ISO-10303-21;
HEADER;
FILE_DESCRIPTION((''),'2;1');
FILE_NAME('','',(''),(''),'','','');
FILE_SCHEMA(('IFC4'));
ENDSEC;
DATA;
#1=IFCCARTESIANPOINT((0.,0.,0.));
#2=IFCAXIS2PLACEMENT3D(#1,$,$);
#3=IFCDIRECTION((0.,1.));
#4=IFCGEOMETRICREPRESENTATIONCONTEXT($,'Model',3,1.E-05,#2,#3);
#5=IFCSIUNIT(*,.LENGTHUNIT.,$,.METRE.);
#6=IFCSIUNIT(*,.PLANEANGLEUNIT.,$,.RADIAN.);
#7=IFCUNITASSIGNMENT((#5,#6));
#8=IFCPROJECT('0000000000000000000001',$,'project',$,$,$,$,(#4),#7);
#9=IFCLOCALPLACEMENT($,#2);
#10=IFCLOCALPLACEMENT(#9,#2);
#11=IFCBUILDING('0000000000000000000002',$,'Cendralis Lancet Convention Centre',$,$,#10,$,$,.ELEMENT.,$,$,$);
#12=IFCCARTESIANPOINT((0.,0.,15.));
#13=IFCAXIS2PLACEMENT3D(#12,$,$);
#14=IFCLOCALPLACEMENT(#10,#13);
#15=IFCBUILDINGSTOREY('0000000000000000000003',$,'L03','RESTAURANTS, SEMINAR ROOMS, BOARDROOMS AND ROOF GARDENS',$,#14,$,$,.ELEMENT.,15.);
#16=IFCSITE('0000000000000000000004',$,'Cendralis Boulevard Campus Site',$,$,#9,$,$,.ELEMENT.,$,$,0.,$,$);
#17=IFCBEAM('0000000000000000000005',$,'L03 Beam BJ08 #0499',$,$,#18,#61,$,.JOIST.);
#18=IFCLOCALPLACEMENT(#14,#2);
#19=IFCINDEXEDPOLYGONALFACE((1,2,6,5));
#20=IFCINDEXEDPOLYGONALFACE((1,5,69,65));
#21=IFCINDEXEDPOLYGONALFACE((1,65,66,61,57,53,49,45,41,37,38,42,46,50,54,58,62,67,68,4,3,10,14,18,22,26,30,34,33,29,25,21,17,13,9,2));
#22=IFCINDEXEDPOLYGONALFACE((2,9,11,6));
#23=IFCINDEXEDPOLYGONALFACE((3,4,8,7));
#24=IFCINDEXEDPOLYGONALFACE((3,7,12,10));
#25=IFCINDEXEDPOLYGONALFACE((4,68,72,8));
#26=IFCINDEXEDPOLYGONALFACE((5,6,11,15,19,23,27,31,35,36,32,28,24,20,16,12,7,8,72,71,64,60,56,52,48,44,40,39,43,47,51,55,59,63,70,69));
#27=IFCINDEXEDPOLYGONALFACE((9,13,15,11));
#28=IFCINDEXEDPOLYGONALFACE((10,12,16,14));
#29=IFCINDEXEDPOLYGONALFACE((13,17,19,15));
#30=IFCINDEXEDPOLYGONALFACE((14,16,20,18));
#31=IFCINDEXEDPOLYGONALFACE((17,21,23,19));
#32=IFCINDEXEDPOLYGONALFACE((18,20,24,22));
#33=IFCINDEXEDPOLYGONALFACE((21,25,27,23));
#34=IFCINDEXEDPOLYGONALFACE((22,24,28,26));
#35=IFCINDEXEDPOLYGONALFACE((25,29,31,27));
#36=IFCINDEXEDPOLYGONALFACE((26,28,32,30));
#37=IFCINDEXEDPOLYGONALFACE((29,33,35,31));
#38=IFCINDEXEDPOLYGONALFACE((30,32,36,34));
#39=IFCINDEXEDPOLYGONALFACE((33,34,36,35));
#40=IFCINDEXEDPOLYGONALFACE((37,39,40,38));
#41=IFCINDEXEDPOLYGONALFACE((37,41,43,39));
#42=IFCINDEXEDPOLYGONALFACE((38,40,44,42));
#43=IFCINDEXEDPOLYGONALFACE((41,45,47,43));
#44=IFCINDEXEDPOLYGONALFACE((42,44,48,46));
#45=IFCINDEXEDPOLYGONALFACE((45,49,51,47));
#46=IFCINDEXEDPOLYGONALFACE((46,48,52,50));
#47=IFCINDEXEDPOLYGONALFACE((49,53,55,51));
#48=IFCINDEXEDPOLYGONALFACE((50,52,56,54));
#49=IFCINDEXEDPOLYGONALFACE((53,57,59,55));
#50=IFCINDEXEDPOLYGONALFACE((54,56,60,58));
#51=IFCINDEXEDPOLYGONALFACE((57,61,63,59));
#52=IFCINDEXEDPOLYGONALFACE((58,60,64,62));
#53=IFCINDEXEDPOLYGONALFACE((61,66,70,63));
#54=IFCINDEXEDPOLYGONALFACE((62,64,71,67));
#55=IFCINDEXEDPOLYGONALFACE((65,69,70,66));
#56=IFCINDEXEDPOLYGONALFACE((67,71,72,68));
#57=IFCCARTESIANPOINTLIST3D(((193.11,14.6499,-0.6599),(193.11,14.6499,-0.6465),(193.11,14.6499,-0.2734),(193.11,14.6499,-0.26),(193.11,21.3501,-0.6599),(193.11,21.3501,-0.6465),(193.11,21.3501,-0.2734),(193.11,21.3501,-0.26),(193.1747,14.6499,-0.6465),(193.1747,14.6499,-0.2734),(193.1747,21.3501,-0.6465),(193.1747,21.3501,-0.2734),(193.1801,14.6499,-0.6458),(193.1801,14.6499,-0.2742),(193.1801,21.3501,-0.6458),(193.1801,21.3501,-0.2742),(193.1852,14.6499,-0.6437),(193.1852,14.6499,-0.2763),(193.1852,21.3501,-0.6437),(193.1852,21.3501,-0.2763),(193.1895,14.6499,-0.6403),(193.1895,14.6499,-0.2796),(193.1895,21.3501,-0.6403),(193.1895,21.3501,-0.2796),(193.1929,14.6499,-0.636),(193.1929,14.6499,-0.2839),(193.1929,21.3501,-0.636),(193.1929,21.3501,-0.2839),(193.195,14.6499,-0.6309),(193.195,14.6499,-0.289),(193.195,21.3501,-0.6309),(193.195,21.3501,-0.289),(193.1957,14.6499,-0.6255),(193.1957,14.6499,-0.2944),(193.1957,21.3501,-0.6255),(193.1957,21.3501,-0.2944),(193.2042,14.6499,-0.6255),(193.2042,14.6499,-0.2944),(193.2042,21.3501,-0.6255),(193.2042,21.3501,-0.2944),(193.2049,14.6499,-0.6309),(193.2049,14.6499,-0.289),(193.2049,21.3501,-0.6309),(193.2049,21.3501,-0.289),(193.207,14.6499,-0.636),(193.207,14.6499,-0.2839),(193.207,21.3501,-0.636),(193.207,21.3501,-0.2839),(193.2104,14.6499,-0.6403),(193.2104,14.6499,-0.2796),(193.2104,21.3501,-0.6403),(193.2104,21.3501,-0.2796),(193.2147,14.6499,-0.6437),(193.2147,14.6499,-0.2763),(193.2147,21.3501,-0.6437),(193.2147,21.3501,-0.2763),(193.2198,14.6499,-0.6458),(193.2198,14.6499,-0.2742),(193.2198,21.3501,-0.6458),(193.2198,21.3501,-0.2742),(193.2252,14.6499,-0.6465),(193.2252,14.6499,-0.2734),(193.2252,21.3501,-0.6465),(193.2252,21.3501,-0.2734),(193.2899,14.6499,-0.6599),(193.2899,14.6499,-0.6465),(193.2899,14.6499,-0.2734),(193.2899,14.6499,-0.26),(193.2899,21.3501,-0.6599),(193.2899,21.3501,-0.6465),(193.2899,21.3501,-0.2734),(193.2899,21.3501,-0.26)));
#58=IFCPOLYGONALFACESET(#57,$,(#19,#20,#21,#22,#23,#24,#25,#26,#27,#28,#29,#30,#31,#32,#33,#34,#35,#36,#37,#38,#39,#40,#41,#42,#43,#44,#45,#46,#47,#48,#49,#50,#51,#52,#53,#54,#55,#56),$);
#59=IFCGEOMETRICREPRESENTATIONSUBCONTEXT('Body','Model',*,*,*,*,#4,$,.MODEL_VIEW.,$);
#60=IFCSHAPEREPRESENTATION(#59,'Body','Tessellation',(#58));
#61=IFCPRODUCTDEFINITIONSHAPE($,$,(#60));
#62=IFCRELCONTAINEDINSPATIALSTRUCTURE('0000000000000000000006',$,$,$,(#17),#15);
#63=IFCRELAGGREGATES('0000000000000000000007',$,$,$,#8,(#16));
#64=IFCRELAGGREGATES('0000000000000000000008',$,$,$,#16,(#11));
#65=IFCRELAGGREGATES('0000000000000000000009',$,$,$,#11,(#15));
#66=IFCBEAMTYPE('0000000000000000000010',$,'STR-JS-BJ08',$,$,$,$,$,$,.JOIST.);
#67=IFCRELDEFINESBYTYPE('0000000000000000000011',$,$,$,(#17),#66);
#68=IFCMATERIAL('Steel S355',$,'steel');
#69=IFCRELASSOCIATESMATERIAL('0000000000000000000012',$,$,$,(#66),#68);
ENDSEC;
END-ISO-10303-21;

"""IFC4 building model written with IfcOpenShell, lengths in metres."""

from ifc_helpers import new_model, si_unit, direction, frame, origin, origin_2d, place, context, subcontext, project, spatial, i_section, extrude, material, material_profile, profile_set, type_object, element, save


model = new_model("IFC4")

# Units and contexts
model_context = context("Model", 3, precision=1e-05, world=origin(), true_north=direction((0.0, 1.0)))
body_context = subcontext(model_context, "Body", "Model", "MODEL_VIEW")
ifc_project = project(units=[si_unit("LENGTHUNIT", "METRE"), si_unit("PLANEANGLEUNIT", "RADIAN")], contexts=[model_context])

# Site, building, storey
site_placement = place(None, origin())
site = spatial("IfcSite", under=ifc_project, at=site_placement, Name="Cendralis Boulevard Campus Site", CompositionType="ELEMENT", RefElevation=0.0)
building_placement = place(site_placement, origin())
building = spatial("IfcBuilding", under=site, at=building_placement, Name="Cendralis Lancet Convention Centre", CompositionType="ELEMENT")
storey_placement = place(building_placement, frame((0.0, 0.0, 15.0)))
storey = spatial("IfcBuildingStorey", under=building, at=storey_placement, Name="L03", Description="RESTAURANTS, SEMINAR ROOMS, BOARDROOMS AND ROOF GARDENS", CompositionType="ELEMENT", Elevation=15.0)

# Beam
ifc_material_1 = material(Name="Steel S355", Category="steel")
ifc_material_profile_1 = material_profile(ifc_material_1, i_section(OverallWidth=0.1799, OverallDepth=0.3999, WebThickness=0.0085, FlangeThickness=0.0134, FilletRadius=0.021, at=origin_2d()), Name="IPE 400")
ifc_profile_set_1 = profile_set([ifc_material_profile_1], Name="Steel S355")
beam_type_1 = type_object("IfcBeamType", Name="STR-JS-BJ08", PredefinedType="JOIST", material=ifc_profile_set_1)
beam_1_placement = place(storey_placement, frame((193.2, 14.6499, -0.46), z_axis=(0.0, 1.0, 0.0), x_axis=(-1.0, 0.0, 0.0)))
element("IfcBeam", 1, at=beam_1_placement, inside=storey, type_object=beam_type_1, Name="L03 Beam BJ08 #0499", PredefinedType="JOIST", context=body_context, shape_type="SweptSolid", body=[
    extrude(i_section(OverallWidth=0.1799, OverallDepth=0.3999, WebThickness=0.0085, FlangeThickness=0.0134, FilletRadius=0.021, at=origin_2d()), origin(), (0.0, 0.0, 1.0), 6.7002),
])

save(model, "model.ifc")
